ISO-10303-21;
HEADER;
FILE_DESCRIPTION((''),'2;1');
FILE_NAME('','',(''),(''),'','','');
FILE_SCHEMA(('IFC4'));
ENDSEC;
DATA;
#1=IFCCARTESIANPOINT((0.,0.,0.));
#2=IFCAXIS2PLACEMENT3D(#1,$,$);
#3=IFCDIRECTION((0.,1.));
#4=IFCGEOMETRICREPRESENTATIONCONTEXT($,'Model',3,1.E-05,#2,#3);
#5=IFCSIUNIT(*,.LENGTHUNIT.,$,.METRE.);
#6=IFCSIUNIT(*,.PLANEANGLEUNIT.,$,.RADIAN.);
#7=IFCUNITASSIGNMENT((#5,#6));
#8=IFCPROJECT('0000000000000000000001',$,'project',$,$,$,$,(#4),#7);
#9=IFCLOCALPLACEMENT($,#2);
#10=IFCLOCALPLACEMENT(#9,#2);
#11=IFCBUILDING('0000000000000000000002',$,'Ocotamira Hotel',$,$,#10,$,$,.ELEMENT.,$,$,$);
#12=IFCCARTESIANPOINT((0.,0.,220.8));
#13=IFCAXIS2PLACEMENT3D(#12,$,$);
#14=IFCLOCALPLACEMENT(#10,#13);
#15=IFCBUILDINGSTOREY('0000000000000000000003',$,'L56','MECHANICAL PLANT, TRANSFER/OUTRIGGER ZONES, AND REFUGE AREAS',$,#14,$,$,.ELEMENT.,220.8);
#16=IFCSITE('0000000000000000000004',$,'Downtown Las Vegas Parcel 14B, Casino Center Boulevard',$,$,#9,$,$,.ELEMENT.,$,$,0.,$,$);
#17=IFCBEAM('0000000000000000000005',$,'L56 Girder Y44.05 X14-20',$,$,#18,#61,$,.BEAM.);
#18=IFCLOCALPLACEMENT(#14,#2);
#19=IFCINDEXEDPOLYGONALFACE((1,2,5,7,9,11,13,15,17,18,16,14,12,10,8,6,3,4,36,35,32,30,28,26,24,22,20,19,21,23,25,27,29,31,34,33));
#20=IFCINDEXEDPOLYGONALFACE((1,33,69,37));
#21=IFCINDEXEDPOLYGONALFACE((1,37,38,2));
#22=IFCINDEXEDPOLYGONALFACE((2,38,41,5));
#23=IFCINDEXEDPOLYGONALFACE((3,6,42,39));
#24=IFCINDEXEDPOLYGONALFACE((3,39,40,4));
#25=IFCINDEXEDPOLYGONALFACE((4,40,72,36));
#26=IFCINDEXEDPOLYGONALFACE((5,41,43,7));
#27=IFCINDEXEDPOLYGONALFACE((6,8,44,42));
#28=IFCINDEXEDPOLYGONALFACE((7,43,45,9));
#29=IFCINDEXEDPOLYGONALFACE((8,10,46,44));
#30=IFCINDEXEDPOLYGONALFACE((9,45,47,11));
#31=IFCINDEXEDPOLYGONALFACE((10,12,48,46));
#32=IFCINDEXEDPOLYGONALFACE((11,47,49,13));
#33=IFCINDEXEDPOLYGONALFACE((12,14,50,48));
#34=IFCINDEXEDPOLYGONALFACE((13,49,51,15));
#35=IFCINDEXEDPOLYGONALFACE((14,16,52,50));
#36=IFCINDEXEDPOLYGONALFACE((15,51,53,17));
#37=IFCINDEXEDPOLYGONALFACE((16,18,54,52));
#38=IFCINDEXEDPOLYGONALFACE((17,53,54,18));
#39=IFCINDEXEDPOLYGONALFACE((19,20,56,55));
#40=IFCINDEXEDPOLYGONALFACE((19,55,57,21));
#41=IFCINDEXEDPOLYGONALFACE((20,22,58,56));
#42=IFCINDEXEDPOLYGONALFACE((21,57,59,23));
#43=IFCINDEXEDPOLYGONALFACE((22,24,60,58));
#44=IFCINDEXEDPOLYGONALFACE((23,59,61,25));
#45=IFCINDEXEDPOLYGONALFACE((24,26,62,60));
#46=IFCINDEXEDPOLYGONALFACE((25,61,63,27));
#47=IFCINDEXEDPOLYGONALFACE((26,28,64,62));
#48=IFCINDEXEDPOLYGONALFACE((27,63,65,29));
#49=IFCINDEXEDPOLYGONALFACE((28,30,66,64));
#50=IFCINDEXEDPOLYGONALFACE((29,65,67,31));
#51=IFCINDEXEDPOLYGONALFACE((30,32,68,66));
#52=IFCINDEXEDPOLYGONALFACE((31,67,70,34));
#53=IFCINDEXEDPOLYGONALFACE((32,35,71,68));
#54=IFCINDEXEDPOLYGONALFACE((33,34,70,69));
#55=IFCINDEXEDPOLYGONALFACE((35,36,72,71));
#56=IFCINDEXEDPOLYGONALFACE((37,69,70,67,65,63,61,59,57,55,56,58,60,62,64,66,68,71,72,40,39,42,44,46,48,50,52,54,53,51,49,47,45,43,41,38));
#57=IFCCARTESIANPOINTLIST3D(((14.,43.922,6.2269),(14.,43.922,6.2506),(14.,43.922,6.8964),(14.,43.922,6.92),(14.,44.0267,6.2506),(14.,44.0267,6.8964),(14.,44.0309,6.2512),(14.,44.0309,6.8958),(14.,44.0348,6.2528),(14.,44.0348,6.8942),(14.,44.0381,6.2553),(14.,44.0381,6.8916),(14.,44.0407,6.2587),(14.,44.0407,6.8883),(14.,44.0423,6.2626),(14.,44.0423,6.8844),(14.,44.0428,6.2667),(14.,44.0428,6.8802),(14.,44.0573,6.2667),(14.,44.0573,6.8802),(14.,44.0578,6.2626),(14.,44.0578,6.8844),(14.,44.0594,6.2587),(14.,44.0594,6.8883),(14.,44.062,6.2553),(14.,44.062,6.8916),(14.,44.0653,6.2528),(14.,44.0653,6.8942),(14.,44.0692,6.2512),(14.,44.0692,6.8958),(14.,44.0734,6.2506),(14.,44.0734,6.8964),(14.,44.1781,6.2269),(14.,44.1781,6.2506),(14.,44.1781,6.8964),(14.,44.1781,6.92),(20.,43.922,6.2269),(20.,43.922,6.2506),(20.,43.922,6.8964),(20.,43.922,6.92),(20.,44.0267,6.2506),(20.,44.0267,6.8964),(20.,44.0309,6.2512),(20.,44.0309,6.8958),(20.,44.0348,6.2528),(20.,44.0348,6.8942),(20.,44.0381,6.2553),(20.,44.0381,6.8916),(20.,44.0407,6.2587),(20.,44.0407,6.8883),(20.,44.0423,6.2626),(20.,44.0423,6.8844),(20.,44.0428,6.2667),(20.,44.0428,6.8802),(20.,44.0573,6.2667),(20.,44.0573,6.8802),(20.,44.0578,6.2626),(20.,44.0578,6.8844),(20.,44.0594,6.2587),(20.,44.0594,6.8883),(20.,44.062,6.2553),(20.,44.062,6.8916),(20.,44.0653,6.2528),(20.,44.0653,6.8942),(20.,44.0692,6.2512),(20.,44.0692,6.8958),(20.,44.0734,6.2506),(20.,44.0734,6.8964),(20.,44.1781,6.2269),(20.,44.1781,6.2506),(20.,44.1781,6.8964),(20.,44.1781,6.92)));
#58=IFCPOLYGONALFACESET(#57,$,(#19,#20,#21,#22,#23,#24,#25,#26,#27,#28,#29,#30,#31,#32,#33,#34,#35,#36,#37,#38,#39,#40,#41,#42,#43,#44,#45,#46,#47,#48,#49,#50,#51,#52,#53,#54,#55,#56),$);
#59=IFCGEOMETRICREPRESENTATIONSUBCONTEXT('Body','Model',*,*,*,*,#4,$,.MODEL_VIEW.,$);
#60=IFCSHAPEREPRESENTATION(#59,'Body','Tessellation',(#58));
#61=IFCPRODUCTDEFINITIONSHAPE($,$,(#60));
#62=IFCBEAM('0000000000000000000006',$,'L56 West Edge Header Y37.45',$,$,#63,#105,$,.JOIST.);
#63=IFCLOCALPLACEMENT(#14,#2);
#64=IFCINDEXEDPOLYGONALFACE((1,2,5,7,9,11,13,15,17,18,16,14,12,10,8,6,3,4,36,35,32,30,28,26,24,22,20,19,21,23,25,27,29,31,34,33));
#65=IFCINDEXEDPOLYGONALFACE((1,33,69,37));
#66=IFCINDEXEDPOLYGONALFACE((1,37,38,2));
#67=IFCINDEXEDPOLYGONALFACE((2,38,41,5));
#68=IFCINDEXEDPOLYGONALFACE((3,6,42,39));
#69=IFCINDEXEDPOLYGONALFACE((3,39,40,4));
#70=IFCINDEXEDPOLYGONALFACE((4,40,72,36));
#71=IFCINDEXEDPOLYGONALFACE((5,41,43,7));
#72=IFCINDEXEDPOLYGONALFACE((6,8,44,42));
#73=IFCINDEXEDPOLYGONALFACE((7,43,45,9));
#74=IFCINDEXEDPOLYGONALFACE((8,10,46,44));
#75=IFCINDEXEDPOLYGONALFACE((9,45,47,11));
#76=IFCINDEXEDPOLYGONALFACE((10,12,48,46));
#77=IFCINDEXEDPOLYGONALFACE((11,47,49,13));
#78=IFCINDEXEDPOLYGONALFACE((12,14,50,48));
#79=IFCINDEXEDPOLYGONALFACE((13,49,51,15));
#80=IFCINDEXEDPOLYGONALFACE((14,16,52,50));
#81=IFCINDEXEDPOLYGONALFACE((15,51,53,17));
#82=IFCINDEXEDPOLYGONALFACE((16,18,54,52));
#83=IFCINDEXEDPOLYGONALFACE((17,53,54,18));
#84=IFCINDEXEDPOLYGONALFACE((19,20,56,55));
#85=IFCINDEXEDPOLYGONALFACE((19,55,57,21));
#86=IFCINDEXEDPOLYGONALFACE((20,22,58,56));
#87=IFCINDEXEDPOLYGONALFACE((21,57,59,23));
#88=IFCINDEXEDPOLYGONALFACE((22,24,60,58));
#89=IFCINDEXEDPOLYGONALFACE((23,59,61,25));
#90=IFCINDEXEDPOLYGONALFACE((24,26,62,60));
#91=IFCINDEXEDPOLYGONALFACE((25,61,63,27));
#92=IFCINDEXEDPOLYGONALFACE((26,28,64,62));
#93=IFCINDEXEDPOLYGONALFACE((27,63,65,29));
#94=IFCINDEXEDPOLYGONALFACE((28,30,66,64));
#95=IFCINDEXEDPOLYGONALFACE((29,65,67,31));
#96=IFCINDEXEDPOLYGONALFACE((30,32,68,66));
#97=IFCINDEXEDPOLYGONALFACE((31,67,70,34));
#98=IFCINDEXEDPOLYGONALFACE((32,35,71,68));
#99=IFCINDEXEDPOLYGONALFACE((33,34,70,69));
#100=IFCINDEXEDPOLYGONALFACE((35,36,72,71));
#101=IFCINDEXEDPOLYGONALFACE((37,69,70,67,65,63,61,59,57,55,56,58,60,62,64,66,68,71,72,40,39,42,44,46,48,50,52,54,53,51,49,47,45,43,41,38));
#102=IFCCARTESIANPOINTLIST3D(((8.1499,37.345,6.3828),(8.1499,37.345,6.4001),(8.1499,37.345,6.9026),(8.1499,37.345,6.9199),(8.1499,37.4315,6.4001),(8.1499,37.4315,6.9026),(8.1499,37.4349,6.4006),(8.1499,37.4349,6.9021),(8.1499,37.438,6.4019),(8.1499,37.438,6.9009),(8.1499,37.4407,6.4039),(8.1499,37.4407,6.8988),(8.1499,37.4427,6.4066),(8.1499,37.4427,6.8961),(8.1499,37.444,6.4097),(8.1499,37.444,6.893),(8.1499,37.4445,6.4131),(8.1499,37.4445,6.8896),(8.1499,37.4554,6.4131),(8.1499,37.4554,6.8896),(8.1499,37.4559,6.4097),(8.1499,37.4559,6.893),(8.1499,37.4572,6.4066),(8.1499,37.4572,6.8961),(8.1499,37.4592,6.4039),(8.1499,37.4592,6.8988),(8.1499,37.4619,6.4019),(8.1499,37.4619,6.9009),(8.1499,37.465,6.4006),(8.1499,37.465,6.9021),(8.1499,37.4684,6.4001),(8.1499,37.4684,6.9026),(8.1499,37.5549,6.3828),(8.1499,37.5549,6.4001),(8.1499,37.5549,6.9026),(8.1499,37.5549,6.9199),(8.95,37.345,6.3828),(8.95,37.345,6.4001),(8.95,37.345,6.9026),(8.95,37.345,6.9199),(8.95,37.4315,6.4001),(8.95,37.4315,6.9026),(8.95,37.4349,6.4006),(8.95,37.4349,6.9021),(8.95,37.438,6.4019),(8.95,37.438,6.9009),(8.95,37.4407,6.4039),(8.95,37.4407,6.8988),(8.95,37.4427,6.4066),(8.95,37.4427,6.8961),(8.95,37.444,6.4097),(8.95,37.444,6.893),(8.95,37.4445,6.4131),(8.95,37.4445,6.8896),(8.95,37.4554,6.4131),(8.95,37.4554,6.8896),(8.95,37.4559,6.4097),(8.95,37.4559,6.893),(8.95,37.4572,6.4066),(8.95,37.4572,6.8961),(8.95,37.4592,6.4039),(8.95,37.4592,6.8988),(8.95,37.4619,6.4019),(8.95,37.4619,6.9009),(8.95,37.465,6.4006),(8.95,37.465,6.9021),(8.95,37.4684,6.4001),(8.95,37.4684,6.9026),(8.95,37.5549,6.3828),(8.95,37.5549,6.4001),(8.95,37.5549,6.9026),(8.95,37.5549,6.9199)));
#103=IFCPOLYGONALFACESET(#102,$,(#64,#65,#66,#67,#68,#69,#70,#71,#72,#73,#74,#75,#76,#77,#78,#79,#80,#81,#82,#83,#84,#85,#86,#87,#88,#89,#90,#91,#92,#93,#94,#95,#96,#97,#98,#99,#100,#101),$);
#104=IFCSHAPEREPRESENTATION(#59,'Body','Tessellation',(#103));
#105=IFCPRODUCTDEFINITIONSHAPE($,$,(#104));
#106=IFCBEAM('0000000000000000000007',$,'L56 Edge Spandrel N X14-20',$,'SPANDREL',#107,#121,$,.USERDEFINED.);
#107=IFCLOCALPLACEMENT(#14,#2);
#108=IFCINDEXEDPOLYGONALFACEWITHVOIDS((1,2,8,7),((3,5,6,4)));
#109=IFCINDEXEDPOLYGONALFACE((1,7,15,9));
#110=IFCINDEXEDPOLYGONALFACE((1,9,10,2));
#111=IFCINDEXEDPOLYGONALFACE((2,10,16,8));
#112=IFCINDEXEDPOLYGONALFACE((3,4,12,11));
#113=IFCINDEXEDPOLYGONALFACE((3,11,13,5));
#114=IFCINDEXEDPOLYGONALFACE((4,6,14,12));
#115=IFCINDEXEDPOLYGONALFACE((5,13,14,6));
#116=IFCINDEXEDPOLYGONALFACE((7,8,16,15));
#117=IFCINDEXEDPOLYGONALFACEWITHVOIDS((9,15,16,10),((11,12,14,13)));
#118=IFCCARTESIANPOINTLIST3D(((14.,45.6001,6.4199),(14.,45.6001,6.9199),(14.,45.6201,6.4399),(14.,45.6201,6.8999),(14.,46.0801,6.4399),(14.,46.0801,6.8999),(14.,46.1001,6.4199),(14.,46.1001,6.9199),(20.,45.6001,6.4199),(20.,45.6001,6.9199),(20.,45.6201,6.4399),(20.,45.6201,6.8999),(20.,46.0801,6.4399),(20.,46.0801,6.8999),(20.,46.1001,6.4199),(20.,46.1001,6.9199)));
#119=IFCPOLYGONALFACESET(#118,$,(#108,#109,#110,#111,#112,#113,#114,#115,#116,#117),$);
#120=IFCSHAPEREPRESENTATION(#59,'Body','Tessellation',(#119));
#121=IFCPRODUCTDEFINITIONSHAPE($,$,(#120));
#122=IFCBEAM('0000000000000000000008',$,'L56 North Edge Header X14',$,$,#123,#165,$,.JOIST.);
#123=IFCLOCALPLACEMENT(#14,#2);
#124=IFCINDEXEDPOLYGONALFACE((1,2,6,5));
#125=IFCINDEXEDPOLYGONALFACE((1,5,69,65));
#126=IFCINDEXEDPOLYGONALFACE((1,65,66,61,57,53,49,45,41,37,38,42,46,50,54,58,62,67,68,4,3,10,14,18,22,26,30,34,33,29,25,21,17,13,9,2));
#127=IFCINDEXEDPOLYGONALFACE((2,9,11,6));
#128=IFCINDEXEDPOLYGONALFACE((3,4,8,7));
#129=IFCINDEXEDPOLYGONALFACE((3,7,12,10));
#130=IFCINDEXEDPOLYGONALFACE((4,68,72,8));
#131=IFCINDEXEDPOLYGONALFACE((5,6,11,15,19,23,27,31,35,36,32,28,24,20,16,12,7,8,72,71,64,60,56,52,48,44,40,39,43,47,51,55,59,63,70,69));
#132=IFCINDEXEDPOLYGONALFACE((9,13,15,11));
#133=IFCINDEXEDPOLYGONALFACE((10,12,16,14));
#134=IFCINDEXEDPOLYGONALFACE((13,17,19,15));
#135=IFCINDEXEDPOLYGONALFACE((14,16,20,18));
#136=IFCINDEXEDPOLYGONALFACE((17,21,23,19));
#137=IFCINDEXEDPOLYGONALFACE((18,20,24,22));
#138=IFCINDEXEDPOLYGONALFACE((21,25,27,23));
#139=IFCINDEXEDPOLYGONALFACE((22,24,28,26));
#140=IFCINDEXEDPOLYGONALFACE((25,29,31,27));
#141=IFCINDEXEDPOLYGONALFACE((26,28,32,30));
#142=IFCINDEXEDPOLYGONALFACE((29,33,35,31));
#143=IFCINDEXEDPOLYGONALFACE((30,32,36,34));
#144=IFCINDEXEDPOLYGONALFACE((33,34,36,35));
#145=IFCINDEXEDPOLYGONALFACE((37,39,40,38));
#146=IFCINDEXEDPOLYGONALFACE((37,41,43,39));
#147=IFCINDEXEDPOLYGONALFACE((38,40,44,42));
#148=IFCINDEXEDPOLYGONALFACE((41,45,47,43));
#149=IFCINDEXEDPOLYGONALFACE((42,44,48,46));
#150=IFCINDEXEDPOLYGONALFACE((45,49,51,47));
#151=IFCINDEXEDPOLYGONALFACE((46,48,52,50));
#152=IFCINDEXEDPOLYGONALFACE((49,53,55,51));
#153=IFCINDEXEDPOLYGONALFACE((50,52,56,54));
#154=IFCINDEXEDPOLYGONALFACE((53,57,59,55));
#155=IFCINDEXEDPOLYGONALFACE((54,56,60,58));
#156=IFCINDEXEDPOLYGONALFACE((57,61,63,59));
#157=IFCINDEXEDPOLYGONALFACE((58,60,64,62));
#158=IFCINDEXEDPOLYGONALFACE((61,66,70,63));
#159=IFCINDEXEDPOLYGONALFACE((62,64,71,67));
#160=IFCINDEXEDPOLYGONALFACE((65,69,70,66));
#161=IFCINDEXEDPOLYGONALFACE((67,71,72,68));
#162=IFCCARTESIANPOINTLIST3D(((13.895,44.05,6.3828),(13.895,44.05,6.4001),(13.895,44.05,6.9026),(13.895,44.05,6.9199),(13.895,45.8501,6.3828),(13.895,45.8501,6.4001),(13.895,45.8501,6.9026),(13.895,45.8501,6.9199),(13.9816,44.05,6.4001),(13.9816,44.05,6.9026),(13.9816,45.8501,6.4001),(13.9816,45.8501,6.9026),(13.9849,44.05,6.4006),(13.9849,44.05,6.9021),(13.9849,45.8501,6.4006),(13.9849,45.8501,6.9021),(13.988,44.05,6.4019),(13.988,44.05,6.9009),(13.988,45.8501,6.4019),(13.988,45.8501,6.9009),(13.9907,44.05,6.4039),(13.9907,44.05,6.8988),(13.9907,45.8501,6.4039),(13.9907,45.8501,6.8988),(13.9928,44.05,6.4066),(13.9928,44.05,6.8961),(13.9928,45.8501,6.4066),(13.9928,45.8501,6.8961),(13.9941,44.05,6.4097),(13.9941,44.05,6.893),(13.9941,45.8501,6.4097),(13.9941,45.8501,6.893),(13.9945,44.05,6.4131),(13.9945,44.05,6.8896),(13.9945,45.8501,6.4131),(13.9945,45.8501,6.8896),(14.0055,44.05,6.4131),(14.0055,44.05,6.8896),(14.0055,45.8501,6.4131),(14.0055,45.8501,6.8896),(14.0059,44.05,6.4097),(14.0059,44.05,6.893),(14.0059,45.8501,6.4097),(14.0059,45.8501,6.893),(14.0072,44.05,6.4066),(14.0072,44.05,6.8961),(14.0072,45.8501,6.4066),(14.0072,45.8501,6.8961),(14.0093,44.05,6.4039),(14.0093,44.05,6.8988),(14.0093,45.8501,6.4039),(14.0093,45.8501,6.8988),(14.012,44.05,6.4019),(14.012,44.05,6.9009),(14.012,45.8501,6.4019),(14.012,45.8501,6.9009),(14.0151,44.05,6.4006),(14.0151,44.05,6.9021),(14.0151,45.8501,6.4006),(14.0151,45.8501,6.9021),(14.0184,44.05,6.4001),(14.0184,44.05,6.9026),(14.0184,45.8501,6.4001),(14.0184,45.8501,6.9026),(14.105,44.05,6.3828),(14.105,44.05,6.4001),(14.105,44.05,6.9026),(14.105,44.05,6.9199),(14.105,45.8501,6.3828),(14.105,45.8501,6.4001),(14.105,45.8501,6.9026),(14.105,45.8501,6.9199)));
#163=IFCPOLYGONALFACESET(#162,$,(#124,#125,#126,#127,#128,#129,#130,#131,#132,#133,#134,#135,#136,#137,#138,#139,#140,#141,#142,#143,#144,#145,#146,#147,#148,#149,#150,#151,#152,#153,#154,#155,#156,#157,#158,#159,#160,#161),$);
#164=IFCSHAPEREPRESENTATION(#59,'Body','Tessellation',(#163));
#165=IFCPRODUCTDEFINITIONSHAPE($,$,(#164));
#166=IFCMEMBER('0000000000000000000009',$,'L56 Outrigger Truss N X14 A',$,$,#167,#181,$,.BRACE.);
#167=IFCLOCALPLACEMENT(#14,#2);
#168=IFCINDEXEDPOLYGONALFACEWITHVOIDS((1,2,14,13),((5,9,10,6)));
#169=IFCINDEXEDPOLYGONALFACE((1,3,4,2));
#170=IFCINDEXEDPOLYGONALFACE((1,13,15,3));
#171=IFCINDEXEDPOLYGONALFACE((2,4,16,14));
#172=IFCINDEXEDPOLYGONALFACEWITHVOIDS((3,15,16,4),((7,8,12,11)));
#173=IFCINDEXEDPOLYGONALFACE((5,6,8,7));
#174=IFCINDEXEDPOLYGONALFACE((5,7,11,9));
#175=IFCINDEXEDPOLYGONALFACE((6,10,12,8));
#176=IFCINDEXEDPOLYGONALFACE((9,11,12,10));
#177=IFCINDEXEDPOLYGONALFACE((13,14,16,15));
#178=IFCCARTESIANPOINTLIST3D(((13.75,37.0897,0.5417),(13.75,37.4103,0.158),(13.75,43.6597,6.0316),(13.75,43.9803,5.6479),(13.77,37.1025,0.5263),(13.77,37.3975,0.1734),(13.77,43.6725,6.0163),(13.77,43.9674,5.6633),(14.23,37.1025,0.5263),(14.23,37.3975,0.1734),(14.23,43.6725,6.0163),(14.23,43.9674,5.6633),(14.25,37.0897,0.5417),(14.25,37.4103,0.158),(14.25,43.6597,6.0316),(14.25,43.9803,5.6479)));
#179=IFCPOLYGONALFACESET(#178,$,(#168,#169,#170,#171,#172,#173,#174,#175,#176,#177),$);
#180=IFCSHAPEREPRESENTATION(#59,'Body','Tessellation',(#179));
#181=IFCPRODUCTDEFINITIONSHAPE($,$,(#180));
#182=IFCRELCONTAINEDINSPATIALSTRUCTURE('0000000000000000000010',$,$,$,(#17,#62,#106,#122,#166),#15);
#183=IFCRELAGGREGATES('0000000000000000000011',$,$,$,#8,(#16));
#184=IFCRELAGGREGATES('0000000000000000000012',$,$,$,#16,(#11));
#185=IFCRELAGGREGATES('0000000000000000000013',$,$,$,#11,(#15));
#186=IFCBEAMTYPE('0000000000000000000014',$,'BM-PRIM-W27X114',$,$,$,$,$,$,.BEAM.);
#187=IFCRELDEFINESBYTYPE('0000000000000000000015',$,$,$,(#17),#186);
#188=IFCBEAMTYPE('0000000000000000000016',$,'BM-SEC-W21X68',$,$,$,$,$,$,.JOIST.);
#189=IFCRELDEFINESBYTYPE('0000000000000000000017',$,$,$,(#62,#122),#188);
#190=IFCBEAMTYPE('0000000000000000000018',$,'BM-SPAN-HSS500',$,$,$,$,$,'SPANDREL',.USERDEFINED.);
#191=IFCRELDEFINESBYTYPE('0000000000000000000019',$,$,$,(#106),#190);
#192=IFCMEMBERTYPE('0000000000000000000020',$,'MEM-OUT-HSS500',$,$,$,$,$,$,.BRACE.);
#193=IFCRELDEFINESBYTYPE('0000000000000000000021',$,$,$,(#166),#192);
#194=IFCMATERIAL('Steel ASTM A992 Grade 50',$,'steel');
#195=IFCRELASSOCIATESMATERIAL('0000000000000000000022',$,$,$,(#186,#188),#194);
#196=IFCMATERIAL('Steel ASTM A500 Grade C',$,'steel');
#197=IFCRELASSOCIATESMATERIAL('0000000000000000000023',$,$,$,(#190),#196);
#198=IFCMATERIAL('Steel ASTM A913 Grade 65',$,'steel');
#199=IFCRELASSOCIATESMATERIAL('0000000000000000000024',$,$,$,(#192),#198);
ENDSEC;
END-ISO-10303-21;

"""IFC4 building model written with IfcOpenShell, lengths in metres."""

from ifc_helpers import new_model, si_unit, direction, frame, origin, origin_2d, place, context, subcontext, project, spatial, hollow_rectangle, i_section, extrude, source, transform, mapped, material, material_profile, profile_set, type_object, element, save


model = new_model("IFC4")

# Units and contexts
model_context = context("Model", 3, precision=1e-05, world=origin(), true_north=direction((0.0, 1.0)))
body_context = subcontext(model_context, "Body", "Model", "MODEL_VIEW")
ifc_project = project(units=[si_unit("LENGTHUNIT", "METRE"), si_unit("PLANEANGLEUNIT", "RADIAN")], contexts=[model_context])

# Site, building, storey
site_placement = place(None, origin())
site = spatial("IfcSite", under=ifc_project, at=site_placement, Name="Downtown Las Vegas Parcel 14B, Casino Center Boulevard", CompositionType="ELEMENT", RefElevation=0.0)
building_placement = place(site_placement, origin())
building = spatial("IfcBuilding", under=site, at=building_placement, Name="Ocotamira Hotel", CompositionType="ELEMENT")
storey_placement = place(building_placement, frame((0.0, 0.0, 220.8)))
storey = spatial("IfcBuildingStorey", under=building, at=storey_placement, Name="L56", Description="MECHANICAL PLANT, TRANSFER/OUTRIGGER ZONES, AND REFUGE AREAS", CompositionType="ELEMENT", Elevation=220.8)

# Shared definitions
ifc_material_1 = material(Name="Steel ASTM A913 Grade 65", Category="steel")

# Beams
ifc_material_2 = material(Name="Steel ASTM A992 Grade 50", Category="steel")
ifc_material_profile_1 = material_profile(ifc_material_2, i_section(OverallWidth=0.2561, OverallDepth=0.6931, WebThickness=0.0144, FlangeThickness=0.0237, FilletRadius=0.0161, at=origin_2d()), Name="W27X114")
ifc_profile_set_1 = profile_set([ifc_material_profile_1], Name="Steel ASTM A992 Grade 50")
beam_type_1 = type_object("IfcBeamType", Name="BM-PRIM-W27X114", PredefinedType="BEAM", material=ifc_profile_set_1)
shared_shape_1 = source(origin(), body_context, "Body", "SweptSolid", [
    extrude(i_section(OverallWidth=0.2561, OverallDepth=0.6931, WebThickness=0.0144, FlangeThickness=0.0237, FilletRadius=0.0161, at=origin_2d()), origin(), (0.0, 0.0, 1.0), 6.0),
])
beam_1_placement = place(storey_placement, frame((14.0, 44.05, 6.5735), z_axis=(1.0, 0.0, 0.0), x_axis=(0.0, 1.0, 0.0)))
element("IfcBeam", 1, at=beam_1_placement, inside=storey, type_object=beam_type_1, Name="L56 Girder Y44.05 X14-20", PredefinedType="BEAM", context=body_context, shape_type="MappedRepresentation", body=[
    mapped(shared_shape_1, transform((0.0, 0.0, 0.0), scale=1.0)),
])
ifc_material_profile_2 = material_profile(ifc_material_2, i_section(OverallWidth=0.21, OverallDepth=0.5371, WebThickness=0.011, FlangeThickness=0.0173, FilletRadius=0.0129, at=origin_2d()), Name="W21X68")
ifc_profile_set_2 = profile_set([ifc_material_profile_2], Name="Steel ASTM A992 Grade 50")
beam_type_2 = type_object("IfcBeamType", Name="BM-SEC-W21X68", PredefinedType="JOIST", material=ifc_profile_set_2)
shared_shape_2 = source(origin(), body_context, "Body", "SweptSolid", [
    extrude(i_section(OverallWidth=0.21, OverallDepth=0.5371, WebThickness=0.011, FlangeThickness=0.0173, FilletRadius=0.0129, at=origin_2d()), origin(), (0.0, 0.0, 1.0), 0.8),
])
beam_2_placement = place(storey_placement, frame((8.95, 37.45, 6.6514), z_axis=(-1.0, 0.0, 0.0), x_axis=(0.0, -1.0, 0.0)))
element("IfcBeam", 2, at=beam_2_placement, inside=storey, type_object=beam_type_2, Name="L56 West Edge Header Y37.45", PredefinedType="JOIST", context=body_context, shape_type="MappedRepresentation", body=[
    mapped(shared_shape_2, transform((0.0, 0.0, 0.0), scale=1.0)),
])
ifc_material_3 = material(Name="Steel ASTM A500 Grade C", Category="steel")
ifc_material_profile_3 = material_profile(ifc_material_3, hollow_rectangle(XDim=0.5, YDim=0.5, WallThickness=0.02, at=origin_2d()), Name="HSS500X500X20")
ifc_profile_set_3 = profile_set([ifc_material_profile_3], Name="Steel ASTM A500 Grade C")
beam_type_3 = type_object("IfcBeamType", Name="BM-SPAN-HSS500", ElementType="SPANDREL", PredefinedType="USERDEFINED", material=ifc_profile_set_3)
shared_shape_3 = source(origin(), body_context, "Body", "SweptSolid", [
    extrude(hollow_rectangle(XDim=0.5, YDim=0.5, WallThickness=0.02, at=origin_2d()), origin(), (0.0, 0.0, 1.0), 6.0),
])
beam_3_placement = place(storey_placement, frame((14.0, 45.8501, 6.6699), z_axis=(1.0, 0.0, 0.0), x_axis=(0.0, 1.0, 0.0)))
element("IfcBeam", 3, at=beam_3_placement, inside=storey, type_object=beam_type_3, Name="L56 Edge Spandrel N X14-20", ObjectType="SPANDREL", PredefinedType="USERDEFINED", context=body_context, shape_type="MappedRepresentation", body=[
    mapped(shared_shape_3, transform((0.0, 0.0, 0.0), scale=1.0)),
])
shared_shape_4 = source(origin(), body_context, "Body", "SweptSolid", [
    extrude(i_section(OverallWidth=0.21, OverallDepth=0.5371, WebThickness=0.011, FlangeThickness=0.0173, FilletRadius=0.0129, at=origin_2d()), origin(), (0.0, 0.0, 1.0), 1.8),
])
beam_4_placement = place(storey_placement, frame((14.0, 44.05, 6.6514), z_axis=(0.0, 1.0, 0.0), x_axis=(-1.0, 0.0, 0.0)))
element("IfcBeam", 4, at=beam_4_placement, inside=storey, type_object=beam_type_2, Name="L56 North Edge Header X14", PredefinedType="JOIST", context=body_context, shape_type="MappedRepresentation", body=[
    mapped(shared_shape_4, transform((0.0, 0.0, 0.0), scale=1.0)),
])

# Member
ifc_material_profile_4 = material_profile(ifc_material_1, hollow_rectangle(XDim=0.5, YDim=0.5, WallThickness=0.02, at=origin_2d()), Name="HSS500X500X20")
ifc_profile_set_4 = profile_set([ifc_material_profile_4], Name="Steel ASTM A913 Grade 65")
member_type_1 = type_object("IfcMemberType", Name="MEM-OUT-HSS500", PredefinedType="BRACE", material=ifc_profile_set_4)
shared_shape_5 = source(origin(), body_context, "Body", "SweptSolid", [
    extrude(hollow_rectangle(XDim=0.5, YDim=0.5, WallThickness=0.02, at=origin_2d()), origin(), (0.0, 0.0, 1.0), 8.5618),
])
member_1_placement = place(storey_placement, frame((14.0, 37.25, 0.3499), z_axis=(0.0, 0.767363, 0.641213), x_axis=(-1.0, 0.0, 0.0)))
element("IfcMember", 5, at=member_1_placement, inside=storey, type_object=member_type_1, Name="L56 Outrigger Truss N X14 A", PredefinedType="BRACE", context=body_context, shape_type="MappedRepresentation", body=[
    mapped(shared_shape_5, transform((0.0, 0.0, 0.0), scale=1.0)),
])

save(model, "model.ifc")
